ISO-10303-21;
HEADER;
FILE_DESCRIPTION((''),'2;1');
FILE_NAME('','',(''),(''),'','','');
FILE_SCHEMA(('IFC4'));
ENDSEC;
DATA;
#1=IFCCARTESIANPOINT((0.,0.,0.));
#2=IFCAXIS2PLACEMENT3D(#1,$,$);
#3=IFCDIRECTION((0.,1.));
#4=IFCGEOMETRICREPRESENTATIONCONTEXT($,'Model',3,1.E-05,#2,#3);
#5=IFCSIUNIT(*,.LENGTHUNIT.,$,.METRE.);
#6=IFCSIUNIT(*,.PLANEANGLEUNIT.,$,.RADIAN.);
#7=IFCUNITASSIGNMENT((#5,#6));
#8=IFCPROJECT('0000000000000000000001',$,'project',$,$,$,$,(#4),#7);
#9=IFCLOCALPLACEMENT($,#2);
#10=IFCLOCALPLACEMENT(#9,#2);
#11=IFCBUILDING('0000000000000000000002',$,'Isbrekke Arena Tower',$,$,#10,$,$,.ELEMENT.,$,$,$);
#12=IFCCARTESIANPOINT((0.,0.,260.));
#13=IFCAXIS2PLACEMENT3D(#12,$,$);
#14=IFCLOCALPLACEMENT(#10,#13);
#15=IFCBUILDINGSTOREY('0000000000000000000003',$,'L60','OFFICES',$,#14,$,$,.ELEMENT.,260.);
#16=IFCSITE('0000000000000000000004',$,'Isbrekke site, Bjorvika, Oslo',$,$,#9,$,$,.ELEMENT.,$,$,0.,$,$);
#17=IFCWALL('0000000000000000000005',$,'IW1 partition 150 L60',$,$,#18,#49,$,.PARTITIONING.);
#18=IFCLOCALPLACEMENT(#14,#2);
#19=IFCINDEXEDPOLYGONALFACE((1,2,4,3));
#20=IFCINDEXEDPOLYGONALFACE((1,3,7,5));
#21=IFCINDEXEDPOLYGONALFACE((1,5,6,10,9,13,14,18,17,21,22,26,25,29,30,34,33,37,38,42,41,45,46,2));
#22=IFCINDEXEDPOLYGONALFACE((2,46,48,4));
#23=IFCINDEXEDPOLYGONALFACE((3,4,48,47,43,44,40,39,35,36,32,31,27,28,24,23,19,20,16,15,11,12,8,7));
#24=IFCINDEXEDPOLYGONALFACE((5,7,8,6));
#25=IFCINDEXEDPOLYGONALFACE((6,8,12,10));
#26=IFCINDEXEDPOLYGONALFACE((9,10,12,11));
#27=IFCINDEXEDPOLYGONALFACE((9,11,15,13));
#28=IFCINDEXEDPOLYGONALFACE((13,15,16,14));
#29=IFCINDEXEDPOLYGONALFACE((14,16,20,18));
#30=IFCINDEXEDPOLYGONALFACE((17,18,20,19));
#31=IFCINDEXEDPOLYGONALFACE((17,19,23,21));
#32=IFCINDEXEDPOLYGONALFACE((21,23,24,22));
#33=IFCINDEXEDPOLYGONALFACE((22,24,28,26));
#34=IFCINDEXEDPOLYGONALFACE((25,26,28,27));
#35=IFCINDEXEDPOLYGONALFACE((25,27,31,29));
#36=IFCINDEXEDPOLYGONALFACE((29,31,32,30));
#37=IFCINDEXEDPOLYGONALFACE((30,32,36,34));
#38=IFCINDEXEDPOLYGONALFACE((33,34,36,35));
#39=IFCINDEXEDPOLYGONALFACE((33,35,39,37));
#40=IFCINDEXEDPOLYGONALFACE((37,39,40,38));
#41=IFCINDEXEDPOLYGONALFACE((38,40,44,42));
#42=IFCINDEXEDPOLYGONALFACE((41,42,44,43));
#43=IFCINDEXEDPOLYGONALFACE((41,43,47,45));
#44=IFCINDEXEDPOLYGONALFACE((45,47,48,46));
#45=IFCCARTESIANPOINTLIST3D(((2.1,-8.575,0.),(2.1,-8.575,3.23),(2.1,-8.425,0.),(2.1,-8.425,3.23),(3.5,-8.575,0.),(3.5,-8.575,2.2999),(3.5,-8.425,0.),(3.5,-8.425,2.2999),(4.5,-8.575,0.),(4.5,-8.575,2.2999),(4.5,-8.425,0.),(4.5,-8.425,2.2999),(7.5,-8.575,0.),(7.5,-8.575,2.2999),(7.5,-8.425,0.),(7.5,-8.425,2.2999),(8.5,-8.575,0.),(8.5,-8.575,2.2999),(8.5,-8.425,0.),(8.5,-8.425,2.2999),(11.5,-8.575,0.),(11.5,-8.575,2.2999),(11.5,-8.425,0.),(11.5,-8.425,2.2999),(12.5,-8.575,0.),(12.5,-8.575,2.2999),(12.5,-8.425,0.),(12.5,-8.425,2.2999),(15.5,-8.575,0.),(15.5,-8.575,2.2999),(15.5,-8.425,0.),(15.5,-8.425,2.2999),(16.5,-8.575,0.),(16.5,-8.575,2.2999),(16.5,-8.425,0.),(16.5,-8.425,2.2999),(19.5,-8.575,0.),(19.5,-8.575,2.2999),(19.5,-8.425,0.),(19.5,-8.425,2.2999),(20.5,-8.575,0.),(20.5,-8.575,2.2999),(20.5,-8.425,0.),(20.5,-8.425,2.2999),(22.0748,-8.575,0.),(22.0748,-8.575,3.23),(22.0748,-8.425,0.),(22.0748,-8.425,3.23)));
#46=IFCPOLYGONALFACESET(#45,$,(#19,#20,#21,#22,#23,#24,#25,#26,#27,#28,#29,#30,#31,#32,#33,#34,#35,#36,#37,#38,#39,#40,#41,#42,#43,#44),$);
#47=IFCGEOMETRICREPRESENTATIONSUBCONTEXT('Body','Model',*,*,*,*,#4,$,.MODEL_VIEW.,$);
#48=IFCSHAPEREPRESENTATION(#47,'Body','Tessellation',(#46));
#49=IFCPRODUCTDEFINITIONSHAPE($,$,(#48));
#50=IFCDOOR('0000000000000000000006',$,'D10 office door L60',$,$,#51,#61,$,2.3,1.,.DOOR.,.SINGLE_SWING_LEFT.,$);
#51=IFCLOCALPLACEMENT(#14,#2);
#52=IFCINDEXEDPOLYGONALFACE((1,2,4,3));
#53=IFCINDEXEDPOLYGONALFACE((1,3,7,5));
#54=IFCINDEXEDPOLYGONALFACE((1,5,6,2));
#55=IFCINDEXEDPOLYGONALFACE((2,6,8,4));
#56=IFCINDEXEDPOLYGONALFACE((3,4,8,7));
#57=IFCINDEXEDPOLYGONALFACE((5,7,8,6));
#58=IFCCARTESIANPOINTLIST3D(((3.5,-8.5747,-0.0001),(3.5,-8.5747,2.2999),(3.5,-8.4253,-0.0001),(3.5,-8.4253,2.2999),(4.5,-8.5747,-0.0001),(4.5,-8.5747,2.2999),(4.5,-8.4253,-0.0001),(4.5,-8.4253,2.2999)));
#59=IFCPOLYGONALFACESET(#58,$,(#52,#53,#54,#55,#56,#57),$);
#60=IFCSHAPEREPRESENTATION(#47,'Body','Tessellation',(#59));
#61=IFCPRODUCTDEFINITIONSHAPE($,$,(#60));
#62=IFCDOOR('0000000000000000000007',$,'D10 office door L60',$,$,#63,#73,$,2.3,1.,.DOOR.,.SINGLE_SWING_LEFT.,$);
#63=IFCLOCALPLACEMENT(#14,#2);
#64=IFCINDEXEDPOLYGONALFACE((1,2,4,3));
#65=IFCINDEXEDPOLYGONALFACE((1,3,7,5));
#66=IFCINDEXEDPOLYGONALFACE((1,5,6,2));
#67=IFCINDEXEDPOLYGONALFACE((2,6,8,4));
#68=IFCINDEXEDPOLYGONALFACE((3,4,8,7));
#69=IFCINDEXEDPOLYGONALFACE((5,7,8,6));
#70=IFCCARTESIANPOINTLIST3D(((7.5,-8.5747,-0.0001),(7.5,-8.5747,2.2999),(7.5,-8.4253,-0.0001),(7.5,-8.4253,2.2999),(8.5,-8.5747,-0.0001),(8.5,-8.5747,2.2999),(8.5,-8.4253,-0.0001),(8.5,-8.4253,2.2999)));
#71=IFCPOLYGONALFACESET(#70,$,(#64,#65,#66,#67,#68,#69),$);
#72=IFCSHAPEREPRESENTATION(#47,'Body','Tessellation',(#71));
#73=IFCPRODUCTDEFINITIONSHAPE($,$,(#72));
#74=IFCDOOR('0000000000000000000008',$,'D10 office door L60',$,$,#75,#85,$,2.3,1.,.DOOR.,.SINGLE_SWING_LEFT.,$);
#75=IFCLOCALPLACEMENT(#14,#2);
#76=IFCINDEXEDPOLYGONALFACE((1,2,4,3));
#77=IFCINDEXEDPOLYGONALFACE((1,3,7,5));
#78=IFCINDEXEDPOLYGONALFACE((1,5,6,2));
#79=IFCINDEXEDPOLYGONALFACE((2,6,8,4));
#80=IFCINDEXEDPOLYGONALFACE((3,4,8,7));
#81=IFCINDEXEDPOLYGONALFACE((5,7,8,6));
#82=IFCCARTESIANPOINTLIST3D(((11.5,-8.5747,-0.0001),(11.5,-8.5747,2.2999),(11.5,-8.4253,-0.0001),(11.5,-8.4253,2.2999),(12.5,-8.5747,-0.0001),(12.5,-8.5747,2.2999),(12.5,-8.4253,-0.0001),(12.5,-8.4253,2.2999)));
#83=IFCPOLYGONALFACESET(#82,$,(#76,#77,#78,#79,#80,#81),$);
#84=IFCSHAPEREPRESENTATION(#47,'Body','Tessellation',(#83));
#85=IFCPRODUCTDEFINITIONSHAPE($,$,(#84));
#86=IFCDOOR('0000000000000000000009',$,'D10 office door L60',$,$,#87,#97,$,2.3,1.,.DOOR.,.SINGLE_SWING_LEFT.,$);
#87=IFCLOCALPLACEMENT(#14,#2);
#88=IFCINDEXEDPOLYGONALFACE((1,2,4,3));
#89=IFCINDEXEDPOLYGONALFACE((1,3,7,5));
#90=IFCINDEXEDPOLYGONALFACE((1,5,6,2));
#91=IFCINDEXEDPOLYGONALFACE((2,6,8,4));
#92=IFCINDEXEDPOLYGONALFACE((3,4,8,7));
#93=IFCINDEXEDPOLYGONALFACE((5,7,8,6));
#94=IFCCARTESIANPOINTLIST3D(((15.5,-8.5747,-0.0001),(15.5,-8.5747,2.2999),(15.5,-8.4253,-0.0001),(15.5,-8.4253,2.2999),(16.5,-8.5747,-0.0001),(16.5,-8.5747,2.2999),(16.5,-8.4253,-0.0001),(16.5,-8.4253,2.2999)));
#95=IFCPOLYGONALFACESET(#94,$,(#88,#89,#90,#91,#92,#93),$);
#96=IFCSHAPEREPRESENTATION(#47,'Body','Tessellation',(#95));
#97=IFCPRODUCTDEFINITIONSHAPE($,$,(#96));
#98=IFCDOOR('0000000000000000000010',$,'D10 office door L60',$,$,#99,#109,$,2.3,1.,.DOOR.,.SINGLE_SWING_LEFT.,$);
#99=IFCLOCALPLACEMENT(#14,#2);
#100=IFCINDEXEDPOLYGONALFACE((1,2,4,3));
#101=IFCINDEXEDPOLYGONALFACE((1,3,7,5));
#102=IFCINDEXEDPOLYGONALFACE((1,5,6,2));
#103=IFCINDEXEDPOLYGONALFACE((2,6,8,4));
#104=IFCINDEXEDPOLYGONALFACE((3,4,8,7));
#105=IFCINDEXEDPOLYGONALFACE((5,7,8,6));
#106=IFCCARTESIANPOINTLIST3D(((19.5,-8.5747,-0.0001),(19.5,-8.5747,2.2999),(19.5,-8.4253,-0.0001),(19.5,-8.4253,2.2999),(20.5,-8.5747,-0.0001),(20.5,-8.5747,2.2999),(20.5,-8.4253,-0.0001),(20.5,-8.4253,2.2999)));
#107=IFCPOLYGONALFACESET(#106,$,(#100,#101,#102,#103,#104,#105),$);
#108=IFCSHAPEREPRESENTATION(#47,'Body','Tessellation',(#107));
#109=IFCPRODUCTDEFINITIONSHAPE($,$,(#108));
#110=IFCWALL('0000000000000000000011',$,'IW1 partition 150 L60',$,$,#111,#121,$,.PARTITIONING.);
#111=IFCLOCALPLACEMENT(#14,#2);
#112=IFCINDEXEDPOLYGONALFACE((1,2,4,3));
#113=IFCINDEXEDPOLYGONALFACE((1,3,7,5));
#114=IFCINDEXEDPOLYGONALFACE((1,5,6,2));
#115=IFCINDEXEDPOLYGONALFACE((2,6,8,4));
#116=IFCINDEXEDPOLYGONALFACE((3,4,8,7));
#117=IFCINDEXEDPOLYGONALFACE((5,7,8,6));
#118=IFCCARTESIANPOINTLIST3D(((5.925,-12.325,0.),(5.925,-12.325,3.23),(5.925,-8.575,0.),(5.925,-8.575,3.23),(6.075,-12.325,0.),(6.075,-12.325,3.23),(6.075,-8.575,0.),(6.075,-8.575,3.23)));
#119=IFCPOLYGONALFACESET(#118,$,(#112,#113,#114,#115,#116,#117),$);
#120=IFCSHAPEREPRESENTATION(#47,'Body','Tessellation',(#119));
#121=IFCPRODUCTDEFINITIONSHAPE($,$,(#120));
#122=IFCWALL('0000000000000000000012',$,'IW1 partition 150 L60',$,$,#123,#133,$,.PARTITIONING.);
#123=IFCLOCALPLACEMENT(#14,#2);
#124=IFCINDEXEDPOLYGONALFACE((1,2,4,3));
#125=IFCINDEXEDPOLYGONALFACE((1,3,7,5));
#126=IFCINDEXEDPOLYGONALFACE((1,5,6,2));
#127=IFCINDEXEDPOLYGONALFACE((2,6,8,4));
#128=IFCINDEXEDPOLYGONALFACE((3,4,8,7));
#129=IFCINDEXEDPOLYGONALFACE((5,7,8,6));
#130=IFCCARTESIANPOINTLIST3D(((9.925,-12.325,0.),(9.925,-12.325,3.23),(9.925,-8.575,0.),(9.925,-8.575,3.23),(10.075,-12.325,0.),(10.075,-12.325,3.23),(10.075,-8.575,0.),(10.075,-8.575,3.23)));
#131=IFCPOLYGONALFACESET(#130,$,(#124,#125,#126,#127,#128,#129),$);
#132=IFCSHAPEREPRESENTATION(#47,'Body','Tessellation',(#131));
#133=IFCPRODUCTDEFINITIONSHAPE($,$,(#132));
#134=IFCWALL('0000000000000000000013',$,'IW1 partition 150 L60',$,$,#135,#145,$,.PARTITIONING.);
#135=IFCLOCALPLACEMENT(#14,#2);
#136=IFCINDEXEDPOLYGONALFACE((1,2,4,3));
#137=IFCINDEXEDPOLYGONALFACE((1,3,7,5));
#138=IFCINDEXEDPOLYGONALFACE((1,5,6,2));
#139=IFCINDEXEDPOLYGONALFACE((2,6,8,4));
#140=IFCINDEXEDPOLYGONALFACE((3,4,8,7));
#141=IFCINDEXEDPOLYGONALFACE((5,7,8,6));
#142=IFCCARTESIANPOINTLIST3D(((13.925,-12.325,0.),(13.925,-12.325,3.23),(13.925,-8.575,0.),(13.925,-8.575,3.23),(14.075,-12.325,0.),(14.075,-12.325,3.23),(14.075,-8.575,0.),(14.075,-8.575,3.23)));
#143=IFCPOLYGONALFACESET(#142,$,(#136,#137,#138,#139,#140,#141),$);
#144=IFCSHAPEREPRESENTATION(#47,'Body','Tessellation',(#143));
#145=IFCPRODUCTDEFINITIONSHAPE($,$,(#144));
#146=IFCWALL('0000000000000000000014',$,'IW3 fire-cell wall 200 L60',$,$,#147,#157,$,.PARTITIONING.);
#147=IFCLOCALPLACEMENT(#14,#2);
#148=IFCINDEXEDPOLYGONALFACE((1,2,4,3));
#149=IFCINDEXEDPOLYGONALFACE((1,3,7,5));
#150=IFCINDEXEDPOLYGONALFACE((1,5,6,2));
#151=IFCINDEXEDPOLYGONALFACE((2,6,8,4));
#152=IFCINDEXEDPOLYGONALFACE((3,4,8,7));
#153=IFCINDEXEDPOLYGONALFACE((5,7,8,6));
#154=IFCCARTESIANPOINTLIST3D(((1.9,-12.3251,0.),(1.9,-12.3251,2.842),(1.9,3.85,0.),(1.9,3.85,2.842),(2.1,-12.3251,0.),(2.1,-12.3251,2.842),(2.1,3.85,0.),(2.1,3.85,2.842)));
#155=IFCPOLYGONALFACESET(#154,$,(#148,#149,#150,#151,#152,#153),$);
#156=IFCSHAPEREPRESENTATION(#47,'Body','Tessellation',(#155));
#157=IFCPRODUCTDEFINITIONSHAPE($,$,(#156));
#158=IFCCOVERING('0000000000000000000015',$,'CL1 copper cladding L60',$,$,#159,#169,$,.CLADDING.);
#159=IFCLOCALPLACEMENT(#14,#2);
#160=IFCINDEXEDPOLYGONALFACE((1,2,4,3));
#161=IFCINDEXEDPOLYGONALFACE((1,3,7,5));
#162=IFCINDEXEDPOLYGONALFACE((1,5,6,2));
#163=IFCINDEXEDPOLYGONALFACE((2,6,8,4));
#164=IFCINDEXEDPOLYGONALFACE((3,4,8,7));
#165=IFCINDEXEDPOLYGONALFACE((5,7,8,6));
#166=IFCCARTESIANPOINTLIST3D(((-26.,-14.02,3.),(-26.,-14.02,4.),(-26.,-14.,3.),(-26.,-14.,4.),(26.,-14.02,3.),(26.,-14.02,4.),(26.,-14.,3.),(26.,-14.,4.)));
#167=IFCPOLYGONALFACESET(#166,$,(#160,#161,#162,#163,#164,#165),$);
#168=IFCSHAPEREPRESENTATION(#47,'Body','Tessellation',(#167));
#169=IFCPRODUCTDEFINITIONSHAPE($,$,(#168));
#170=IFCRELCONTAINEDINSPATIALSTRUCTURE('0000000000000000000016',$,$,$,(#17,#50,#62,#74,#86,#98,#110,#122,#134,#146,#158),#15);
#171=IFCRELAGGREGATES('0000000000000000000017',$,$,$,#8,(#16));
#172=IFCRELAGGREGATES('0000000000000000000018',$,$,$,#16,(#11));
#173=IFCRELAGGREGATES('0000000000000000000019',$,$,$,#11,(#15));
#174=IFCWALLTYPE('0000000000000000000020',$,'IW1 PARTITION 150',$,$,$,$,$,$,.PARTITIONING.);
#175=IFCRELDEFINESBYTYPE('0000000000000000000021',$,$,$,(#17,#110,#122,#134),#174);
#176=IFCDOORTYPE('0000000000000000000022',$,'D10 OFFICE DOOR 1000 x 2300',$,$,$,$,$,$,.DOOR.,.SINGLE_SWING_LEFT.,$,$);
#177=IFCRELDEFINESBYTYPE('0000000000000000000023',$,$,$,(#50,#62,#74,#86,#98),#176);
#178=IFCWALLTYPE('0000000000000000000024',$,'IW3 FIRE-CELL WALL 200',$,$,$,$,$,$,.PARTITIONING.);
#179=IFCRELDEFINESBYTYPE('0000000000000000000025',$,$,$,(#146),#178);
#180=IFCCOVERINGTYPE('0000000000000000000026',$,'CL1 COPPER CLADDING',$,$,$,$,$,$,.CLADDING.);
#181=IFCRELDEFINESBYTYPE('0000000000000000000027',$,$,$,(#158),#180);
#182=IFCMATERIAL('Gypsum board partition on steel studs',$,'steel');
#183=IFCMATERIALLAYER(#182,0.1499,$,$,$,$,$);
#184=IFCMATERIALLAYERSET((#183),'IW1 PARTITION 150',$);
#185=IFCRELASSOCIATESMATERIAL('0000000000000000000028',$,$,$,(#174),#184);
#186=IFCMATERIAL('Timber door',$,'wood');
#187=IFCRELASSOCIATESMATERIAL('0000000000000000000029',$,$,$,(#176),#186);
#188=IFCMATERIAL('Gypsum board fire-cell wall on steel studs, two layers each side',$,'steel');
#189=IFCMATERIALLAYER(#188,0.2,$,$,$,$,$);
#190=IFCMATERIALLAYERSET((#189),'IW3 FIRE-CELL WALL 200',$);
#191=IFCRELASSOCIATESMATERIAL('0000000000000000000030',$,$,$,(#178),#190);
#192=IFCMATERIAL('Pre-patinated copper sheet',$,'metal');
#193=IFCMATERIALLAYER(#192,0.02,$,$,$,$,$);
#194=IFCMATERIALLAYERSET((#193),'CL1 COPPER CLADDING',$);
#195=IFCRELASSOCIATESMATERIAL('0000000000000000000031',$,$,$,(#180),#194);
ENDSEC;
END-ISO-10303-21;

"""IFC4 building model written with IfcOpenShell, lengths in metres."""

from ifc_helpers import new_model, si_unit, direction, frame, frame_2d, origin, origin_2d, place, context, subcontext, project, spatial, rectangle, extrude, material, layer, layer_set, type_object, element, fill, save


model = new_model("IFC4")

# Units and contexts
model_context = context("Model", 3, precision=1e-05, world=origin(), true_north=direction((0.0, 1.0)))
body_context = subcontext(model_context, "Body", "Model", "MODEL_VIEW")
ifc_project = project(units=[si_unit("LENGTHUNIT", "METRE"), si_unit("PLANEANGLEUNIT", "RADIAN")], contexts=[model_context])

# Site, building, storey
site_placement = place(None, origin())
site = spatial("IfcSite", under=ifc_project, at=site_placement, Name="Isbrekke site, Bjorvika, Oslo", CompositionType="ELEMENT", RefElevation=0.0)
building_placement = place(site_placement, origin())
building = spatial("IfcBuilding", under=site, at=building_placement, Name="Isbrekke Arena Tower", CompositionType="ELEMENT")
storey_placement = place(building_placement, frame((0.0, 0.0, 260.0)))
storey = spatial("IfcBuildingStorey", under=building, at=storey_placement, Name="L60", Description="OFFICES", CompositionType="ELEMENT", Elevation=260.0)

# Wall, openings, doors
ifc_material_1 = material(Name="Gypsum board partition on steel studs", Category="steel")
ifc_layer_1 = layer(ifc_material_1, 0.1499)
ifc_layer_set_1 = layer_set([ifc_layer_1], Name="IW1 PARTITION 150")
wall_type_1 = type_object("IfcWallType", Name="IW1 PARTITION 150", PredefinedType="PARTITIONING", material=ifc_layer_set_1)
wall_1_placement = place(storey_placement, frame((2.1001, -8.5, 0.0), z_axis=(0.0, 0.0, 1.0), x_axis=(1.0, 0.0, 0.0)))
wall_1 = element("IfcWall", 1, at=wall_1_placement, inside=storey, type_object=wall_type_1, Name="IW1 partition 150 L60", PredefinedType="PARTITIONING", context=body_context, shape_type="SweptSolid", body=[
    extrude(rectangle(XDim=19.9749, YDim=0.1499, at=frame_2d((9.9873, 0.0))), origin(), (0.0, 0.0, 1.0), 3.23),
])
opening_1_placement = place(wall_1_placement, frame((1.3999, 0.0, 0.0)))
opening_1 = element("IfcOpeningElement", 2, at=opening_1_placement, cuts=wall_1, PredefinedType="OPENING", context=body_context, shape_type="SweptSolid", body=[
    extrude(rectangle(XDim=1.0, YDim=2.3, at=frame_2d((0.5, 1.1499))), frame((0.0, 0.0898, 0.0), z_axis=(0.0, -1.0, 0.0), x_axis=(1.0, 0.0, 0.0)), (0.0, 0.0, 1.0), 0.1797),
])
opening_2_placement = place(wall_1_placement, frame((5.3999, 0.0, 0.0)))
opening_2 = element("IfcOpeningElement", 3, at=opening_2_placement, cuts=wall_1, PredefinedType="OPENING", context=body_context, shape_type="SweptSolid", body=[
    extrude(rectangle(XDim=1.0, YDim=2.3, at=frame_2d((0.5, 1.1499))), frame((0.0, 0.0898, 0.0), z_axis=(0.0, -1.0, 0.0), x_axis=(1.0, 0.0, 0.0)), (0.0, 0.0, 1.0), 0.1797),
])
opening_3_placement = place(wall_1_placement, frame((9.3999, 0.0, 0.0)))
opening_3 = element("IfcOpeningElement", 4, at=opening_3_placement, cuts=wall_1, PredefinedType="OPENING", context=body_context, shape_type="SweptSolid", body=[
    extrude(rectangle(XDim=1.0, YDim=2.3, at=frame_2d((0.5, 1.1499))), frame((0.0, 0.0898, 0.0), z_axis=(0.0, -1.0, 0.0), x_axis=(1.0, 0.0, 0.0)), (0.0, 0.0, 1.0), 0.1797),
])
opening_4_placement = place(wall_1_placement, frame((13.3999, 0.0, 0.0)))
opening_4 = element("IfcOpeningElement", 5, at=opening_4_placement, cuts=wall_1, PredefinedType="OPENING", context=body_context, shape_type="SweptSolid", body=[
    extrude(rectangle(XDim=1.0, YDim=2.3, at=frame_2d((0.5, 1.1499))), frame((0.0, 0.0898, 0.0), z_axis=(0.0, -1.0, 0.0), x_axis=(1.0, 0.0, 0.0)), (0.0, 0.0, 1.0), 0.1797),
])
opening_5_placement = place(wall_1_placement, frame((17.3999, 0.0, 0.0)))
opening_5 = element("IfcOpeningElement", 6, at=opening_5_placement, cuts=wall_1, PredefinedType="OPENING", context=body_context, shape_type="SweptSolid", body=[
    extrude(rectangle(XDim=1.0, YDim=2.3, at=frame_2d((0.5, 1.1499))), frame((0.0, 0.0898, 0.0), z_axis=(0.0, -1.0, 0.0), x_axis=(1.0, 0.0, 0.0)), (0.0, 0.0, 1.0), 0.1797),
])
ifc_material_2 = material(Name="Timber door", Category="wood")
door_type = type_object("IfcDoorType", Name="D10 OFFICE DOOR 1000 x 2300", OperationType="SINGLE_SWING_LEFT", PredefinedType="DOOR", material=ifc_material_2)
door_1_placement = place(opening_1_placement, origin())
door_1 = element("IfcDoor", 7, at=door_1_placement, inside=storey, type_object=door_type, Name="D10 office door L60", OperationType="SINGLE_SWING_LEFT", OverallHeight=2.3, OverallWidth=1.0, PredefinedType="DOOR", context=body_context, shape_type="SweptSolid", body=[
    extrude(rectangle(XDim=1.0, YDim=2.3, at=frame_2d((0.5, 1.1499))), frame((0.0, 0.0747, 0.0), z_axis=(0.0, -1.0, 0.0), x_axis=(1.0, 0.0, 0.0)), (0.0, 0.0, 1.0), 0.1494),
])
fill(opening_1, door_1)
door_2_placement = place(opening_2_placement, origin())
door_2 = element("IfcDoor", 8, at=door_2_placement, inside=storey, type_object=door_type, Name="D10 office door L60", OperationType="SINGLE_SWING_LEFT", OverallHeight=2.3, OverallWidth=1.0, PredefinedType="DOOR", context=body_context, shape_type="SweptSolid", body=[
    extrude(rectangle(XDim=1.0, YDim=2.3, at=frame_2d((0.5, 1.1499))), frame((0.0, 0.0747, 0.0), z_axis=(0.0, -1.0, 0.0), x_axis=(1.0, 0.0, 0.0)), (0.0, 0.0, 1.0), 0.1494),
])
fill(opening_2, door_2)
door_3_placement = place(opening_3_placement, origin())
door_3 = element("IfcDoor", 9, at=door_3_placement, inside=storey, type_object=door_type, Name="D10 office door L60", OperationType="SINGLE_SWING_LEFT", OverallHeight=2.3, OverallWidth=1.0, PredefinedType="DOOR", context=body_context, shape_type="SweptSolid", body=[
    extrude(rectangle(XDim=1.0, YDim=2.3, at=frame_2d((0.5, 1.1499))), frame((0.0, 0.0747, 0.0), z_axis=(0.0, -1.0, 0.0), x_axis=(1.0, 0.0, 0.0)), (0.0, 0.0, 1.0), 0.1494),
])
fill(opening_3, door_3)
door_4_placement = place(opening_4_placement, origin())
door_4 = element("IfcDoor", 10, at=door_4_placement, inside=storey, type_object=door_type, Name="D10 office door L60", OperationType="SINGLE_SWING_LEFT", OverallHeight=2.3, OverallWidth=1.0, PredefinedType="DOOR", context=body_context, shape_type="SweptSolid", body=[
    extrude(rectangle(XDim=1.0, YDim=2.3, at=frame_2d((0.5, 1.1499))), frame((0.0, 0.0747, 0.0), z_axis=(0.0, -1.0, 0.0), x_axis=(1.0, 0.0, 0.0)), (0.0, 0.0, 1.0), 0.1494),
])
fill(opening_4, door_4)
door_5_placement = place(opening_5_placement, origin())
door_5 = element("IfcDoor", 11, at=door_5_placement, inside=storey, type_object=door_type, Name="D10 office door L60", OperationType="SINGLE_SWING_LEFT", OverallHeight=2.3, OverallWidth=1.0, PredefinedType="DOOR", context=body_context, shape_type="SweptSolid", body=[
    extrude(rectangle(XDim=1.0, YDim=2.3, at=frame_2d((0.5, 1.1499))), frame((0.0, 0.0747, 0.0), z_axis=(0.0, -1.0, 0.0), x_axis=(1.0, 0.0, 0.0)), (0.0, 0.0, 1.0), 0.1494),
])
fill(opening_5, door_5)

# Walls
for number, where, z_axis, x_axis, name in (
    (12, (6.0, -12.325, 0.0), (0.0, 0.0, 1.0), (0.0, 1.0, 0.0), "IW1 partition 150 L60"),
    (13, (10.0, -12.325, 0.0), (0.0, 0.0, 1.0), (0.0, 1.0, 0.0), "IW1 partition 150 L60"),
    (14, (14.0, -12.325, 0.0), (0.0, 0.0, 1.0), (0.0, 1.0, 0.0), "IW1 partition 150 L60"),
):
    element("IfcWall", number, at=place(storey_placement, frame(where, z_axis=z_axis, x_axis=x_axis)), inside=storey, type_object=wall_type_1, Name=name, PredefinedType="PARTITIONING", context=body_context, shape_type="SweptSolid", body=[
        extrude(rectangle(XDim=3.75, YDim=0.1499, at=frame_2d((1.875, 0.0))), origin(), (0.0, 0.0, 1.0), 3.23),
    ])
ifc_material_3 = material(Name="Gypsum board fire-cell wall on steel studs, two layers each side", Category="steel")
ifc_layer_2 = layer(ifc_material_3, 0.2)
ifc_layer_set_2 = layer_set([ifc_layer_2], Name="IW3 FIRE-CELL WALL 200")
wall_type_2 = type_object("IfcWallType", Name="IW3 FIRE-CELL WALL 200", PredefinedType="PARTITIONING", material=ifc_layer_set_2)
wall_2_placement = place(storey_placement, frame((2.0, -12.325, 0.0), z_axis=(0.0, 0.0, 1.0), x_axis=(0.0, 1.0, 0.0)))
element("IfcWall", 15, at=wall_2_placement, inside=storey, type_object=wall_type_2, Name="IW3 fire-cell wall 200 L60", PredefinedType="PARTITIONING", context=body_context, shape_type="SweptSolid", body=[
    extrude(rectangle(XDim=16.175, YDim=0.2, at=frame_2d((8.0874, 0.0))), origin(), (0.0, 0.0, 1.0), 2.842),
])

# Covering
ifc_material_4 = material(Name="Pre-patinated copper sheet", Category="metal")
ifc_layer_3 = layer(ifc_material_4, 0.02)
ifc_layer_set_3 = layer_set([ifc_layer_3], Name="CL1 COPPER CLADDING")
covering_type = type_object("IfcCoveringType", Name="CL1 COPPER CLADDING", PredefinedType="CLADDING", material=ifc_layer_set_3)
covering_placement = place(storey_placement, frame((0.0, -14.01, 3.0), z_axis=(0.0, 0.0, 1.0), x_axis=(1.0, 0.0, 0.0)))
element("IfcCovering", 16, at=covering_placement, inside=storey, type_object=covering_type, Name="CL1 copper cladding L60", PredefinedType="CLADDING", context=body_context, shape_type="SweptSolid", body=[
    extrude(rectangle(XDim=52.0, YDim=0.02, at=origin_2d()), origin(), (0.0, 0.0, 1.0), 1.0),
])

save(model, "model.ifc")
